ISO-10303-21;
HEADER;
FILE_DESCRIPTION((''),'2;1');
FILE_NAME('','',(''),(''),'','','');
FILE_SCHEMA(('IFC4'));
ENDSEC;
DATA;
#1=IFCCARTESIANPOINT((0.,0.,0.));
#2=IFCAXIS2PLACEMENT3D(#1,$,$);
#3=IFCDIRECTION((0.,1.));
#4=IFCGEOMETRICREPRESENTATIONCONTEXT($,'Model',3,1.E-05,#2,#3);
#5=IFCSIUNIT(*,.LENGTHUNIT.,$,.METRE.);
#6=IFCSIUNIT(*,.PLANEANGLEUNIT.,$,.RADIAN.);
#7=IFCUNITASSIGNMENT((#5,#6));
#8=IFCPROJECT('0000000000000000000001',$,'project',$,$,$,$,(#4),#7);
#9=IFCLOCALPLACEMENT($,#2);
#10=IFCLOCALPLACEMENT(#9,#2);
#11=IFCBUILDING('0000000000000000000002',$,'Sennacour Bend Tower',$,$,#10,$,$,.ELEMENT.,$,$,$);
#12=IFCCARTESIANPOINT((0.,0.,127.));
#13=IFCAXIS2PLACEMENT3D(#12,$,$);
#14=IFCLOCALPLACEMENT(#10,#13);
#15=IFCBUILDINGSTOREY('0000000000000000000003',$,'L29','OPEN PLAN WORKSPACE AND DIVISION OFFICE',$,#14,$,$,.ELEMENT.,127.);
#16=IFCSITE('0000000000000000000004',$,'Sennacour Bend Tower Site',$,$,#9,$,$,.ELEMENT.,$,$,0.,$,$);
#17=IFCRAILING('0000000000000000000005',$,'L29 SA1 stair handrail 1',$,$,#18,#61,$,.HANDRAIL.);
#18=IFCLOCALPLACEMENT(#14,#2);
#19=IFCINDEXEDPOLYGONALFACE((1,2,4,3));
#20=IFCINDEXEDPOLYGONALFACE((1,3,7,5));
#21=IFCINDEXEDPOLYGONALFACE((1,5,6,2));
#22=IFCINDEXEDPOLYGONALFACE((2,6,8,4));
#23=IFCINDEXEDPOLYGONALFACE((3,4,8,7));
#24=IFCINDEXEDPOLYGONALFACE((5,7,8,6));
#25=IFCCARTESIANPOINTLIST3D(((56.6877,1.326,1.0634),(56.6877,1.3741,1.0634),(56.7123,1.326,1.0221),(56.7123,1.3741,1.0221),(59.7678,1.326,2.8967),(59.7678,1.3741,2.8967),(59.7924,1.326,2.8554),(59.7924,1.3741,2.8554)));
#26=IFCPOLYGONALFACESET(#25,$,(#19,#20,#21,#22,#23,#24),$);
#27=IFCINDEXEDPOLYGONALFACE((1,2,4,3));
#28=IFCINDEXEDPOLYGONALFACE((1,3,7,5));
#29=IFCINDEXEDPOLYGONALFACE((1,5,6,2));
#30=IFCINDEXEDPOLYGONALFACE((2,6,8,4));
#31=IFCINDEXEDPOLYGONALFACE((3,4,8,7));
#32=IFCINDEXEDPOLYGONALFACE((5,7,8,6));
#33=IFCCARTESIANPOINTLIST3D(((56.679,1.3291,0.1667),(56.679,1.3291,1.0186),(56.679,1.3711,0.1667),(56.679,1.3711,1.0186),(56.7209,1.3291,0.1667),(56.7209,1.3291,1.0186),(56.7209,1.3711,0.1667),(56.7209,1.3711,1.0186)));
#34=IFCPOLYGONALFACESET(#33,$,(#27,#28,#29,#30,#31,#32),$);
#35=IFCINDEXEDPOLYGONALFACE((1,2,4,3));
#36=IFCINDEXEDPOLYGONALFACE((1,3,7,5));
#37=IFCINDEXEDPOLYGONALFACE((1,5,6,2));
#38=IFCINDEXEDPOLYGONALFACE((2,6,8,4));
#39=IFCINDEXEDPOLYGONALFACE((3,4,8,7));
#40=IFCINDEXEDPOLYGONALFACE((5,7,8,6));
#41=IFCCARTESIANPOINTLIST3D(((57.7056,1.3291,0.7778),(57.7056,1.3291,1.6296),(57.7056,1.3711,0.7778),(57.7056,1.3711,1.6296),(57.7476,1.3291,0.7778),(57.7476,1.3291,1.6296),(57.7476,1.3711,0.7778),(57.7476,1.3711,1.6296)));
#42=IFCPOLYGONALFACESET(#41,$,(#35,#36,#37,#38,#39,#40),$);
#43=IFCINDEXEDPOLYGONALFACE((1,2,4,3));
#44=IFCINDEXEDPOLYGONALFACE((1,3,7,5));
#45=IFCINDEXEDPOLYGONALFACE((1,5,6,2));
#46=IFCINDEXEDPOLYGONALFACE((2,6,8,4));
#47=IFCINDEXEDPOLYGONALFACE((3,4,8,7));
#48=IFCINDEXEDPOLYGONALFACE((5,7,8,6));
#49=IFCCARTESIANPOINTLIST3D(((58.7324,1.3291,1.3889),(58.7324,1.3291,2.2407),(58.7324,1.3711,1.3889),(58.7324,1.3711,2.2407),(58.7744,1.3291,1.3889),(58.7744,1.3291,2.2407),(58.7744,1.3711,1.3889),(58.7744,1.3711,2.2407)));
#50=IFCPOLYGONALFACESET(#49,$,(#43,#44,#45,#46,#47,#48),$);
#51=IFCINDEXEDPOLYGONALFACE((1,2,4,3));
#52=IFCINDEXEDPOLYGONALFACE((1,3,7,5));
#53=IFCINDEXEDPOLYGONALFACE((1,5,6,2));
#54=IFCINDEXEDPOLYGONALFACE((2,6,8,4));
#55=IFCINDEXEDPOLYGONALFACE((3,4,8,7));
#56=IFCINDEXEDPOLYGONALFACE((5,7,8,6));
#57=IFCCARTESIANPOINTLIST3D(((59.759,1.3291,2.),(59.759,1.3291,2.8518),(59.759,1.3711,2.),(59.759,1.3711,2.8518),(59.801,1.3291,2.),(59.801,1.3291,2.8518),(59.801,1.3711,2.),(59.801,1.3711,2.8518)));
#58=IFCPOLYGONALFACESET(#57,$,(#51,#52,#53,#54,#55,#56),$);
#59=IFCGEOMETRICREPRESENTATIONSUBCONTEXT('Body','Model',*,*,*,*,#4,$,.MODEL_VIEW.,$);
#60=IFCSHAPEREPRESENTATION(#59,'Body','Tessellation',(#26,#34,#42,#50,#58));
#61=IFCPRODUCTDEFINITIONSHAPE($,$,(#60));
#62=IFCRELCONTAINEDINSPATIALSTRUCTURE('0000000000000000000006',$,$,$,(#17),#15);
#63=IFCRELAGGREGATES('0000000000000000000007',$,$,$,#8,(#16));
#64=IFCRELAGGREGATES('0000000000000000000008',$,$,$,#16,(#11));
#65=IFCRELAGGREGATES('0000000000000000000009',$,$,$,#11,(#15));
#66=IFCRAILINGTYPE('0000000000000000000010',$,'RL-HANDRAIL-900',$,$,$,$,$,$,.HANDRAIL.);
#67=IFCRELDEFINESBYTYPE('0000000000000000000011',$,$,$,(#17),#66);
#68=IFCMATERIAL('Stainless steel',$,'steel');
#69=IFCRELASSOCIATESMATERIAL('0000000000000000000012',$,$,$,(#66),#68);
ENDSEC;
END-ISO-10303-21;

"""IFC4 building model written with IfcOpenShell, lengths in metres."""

from ifc_helpers import new_model, si_unit, direction, frame, origin, origin_2d, place, context, subcontext, project, spatial, rectangle, extrude, material, type_object, element, save


model = new_model("IFC4")

# Units and contexts
model_context = context("Model", 3, precision=1e-05, world=origin(), true_north=direction((0.0, 1.0)))
body_context = subcontext(model_context, "Body", "Model", "MODEL_VIEW")
ifc_project = project(units=[si_unit("LENGTHUNIT", "METRE"), si_unit("PLANEANGLEUNIT", "RADIAN")], contexts=[model_context])

# Site, building, storey
site_placement = place(None, origin())
site = spatial("IfcSite", under=ifc_project, at=site_placement, Name="Sennacour Bend Tower Site", CompositionType="ELEMENT", RefElevation=0.0)
building_placement = place(site_placement, origin())
building = spatial("IfcBuilding", under=site, at=building_placement, Name="Sennacour Bend Tower", CompositionType="ELEMENT")
storey_placement = place(building_placement, frame((0.0, 0.0, 127.0)))
storey = spatial("IfcBuildingStorey", under=building, at=storey_placement, Name="L29", Description="OPEN PLAN WORKSPACE AND DIVISION OFFICE", CompositionType="ELEMENT", Elevation=127.0)

# Shared definitions
ifc_material_1 = material(Name="Stainless steel", Category="steel")

# Railing
railing_type_1 = type_object("IfcRailingType", Name="RL-HANDRAIL-900", PredefinedType="HANDRAIL", material=ifc_material_1)
railing_1_placement = place(storey_placement, frame((56.7, 1.3501, 0.1667)))
element("IfcRailing", 1, at=railing_1_placement, inside=storey, type_object=railing_type_1, Name="L29 SA1 stair handrail 1", PredefinedType="HANDRAIL", context=body_context, shape_type="SweptSolid", body=[
    extrude(rectangle(XDim=0.0481, YDim=0.0481, at=origin_2d()), frame((0.0, 0.0, 0.876), z_axis=(0.859309, 0.0, 0.511458), x_axis=(0.0, 1.0, 0.0)), (0.0, 0.0, 1.0), 3.5845),
    extrude(rectangle(XDim=0.042, YDim=0.042, at=origin_2d()), origin(), (0.0, 0.0, 1.0), 0.8518),
    extrude(rectangle(XDim=0.042, YDim=0.042, at=origin_2d()), frame((1.0266, 0.0, 0.6111)), (0.0, 0.0, 1.0), 0.8518),
    extrude(rectangle(XDim=0.042, YDim=0.042, at=origin_2d()), frame((2.0535, 0.0, 1.2222)), (0.0, 0.0, 1.0), 0.8518),
    extrude(rectangle(XDim=0.042, YDim=0.042, at=origin_2d()), frame((3.0801, 0.0, 1.8333)), (0.0, 0.0, 1.0), 0.8518),
])

save(model, "model.ifc")
